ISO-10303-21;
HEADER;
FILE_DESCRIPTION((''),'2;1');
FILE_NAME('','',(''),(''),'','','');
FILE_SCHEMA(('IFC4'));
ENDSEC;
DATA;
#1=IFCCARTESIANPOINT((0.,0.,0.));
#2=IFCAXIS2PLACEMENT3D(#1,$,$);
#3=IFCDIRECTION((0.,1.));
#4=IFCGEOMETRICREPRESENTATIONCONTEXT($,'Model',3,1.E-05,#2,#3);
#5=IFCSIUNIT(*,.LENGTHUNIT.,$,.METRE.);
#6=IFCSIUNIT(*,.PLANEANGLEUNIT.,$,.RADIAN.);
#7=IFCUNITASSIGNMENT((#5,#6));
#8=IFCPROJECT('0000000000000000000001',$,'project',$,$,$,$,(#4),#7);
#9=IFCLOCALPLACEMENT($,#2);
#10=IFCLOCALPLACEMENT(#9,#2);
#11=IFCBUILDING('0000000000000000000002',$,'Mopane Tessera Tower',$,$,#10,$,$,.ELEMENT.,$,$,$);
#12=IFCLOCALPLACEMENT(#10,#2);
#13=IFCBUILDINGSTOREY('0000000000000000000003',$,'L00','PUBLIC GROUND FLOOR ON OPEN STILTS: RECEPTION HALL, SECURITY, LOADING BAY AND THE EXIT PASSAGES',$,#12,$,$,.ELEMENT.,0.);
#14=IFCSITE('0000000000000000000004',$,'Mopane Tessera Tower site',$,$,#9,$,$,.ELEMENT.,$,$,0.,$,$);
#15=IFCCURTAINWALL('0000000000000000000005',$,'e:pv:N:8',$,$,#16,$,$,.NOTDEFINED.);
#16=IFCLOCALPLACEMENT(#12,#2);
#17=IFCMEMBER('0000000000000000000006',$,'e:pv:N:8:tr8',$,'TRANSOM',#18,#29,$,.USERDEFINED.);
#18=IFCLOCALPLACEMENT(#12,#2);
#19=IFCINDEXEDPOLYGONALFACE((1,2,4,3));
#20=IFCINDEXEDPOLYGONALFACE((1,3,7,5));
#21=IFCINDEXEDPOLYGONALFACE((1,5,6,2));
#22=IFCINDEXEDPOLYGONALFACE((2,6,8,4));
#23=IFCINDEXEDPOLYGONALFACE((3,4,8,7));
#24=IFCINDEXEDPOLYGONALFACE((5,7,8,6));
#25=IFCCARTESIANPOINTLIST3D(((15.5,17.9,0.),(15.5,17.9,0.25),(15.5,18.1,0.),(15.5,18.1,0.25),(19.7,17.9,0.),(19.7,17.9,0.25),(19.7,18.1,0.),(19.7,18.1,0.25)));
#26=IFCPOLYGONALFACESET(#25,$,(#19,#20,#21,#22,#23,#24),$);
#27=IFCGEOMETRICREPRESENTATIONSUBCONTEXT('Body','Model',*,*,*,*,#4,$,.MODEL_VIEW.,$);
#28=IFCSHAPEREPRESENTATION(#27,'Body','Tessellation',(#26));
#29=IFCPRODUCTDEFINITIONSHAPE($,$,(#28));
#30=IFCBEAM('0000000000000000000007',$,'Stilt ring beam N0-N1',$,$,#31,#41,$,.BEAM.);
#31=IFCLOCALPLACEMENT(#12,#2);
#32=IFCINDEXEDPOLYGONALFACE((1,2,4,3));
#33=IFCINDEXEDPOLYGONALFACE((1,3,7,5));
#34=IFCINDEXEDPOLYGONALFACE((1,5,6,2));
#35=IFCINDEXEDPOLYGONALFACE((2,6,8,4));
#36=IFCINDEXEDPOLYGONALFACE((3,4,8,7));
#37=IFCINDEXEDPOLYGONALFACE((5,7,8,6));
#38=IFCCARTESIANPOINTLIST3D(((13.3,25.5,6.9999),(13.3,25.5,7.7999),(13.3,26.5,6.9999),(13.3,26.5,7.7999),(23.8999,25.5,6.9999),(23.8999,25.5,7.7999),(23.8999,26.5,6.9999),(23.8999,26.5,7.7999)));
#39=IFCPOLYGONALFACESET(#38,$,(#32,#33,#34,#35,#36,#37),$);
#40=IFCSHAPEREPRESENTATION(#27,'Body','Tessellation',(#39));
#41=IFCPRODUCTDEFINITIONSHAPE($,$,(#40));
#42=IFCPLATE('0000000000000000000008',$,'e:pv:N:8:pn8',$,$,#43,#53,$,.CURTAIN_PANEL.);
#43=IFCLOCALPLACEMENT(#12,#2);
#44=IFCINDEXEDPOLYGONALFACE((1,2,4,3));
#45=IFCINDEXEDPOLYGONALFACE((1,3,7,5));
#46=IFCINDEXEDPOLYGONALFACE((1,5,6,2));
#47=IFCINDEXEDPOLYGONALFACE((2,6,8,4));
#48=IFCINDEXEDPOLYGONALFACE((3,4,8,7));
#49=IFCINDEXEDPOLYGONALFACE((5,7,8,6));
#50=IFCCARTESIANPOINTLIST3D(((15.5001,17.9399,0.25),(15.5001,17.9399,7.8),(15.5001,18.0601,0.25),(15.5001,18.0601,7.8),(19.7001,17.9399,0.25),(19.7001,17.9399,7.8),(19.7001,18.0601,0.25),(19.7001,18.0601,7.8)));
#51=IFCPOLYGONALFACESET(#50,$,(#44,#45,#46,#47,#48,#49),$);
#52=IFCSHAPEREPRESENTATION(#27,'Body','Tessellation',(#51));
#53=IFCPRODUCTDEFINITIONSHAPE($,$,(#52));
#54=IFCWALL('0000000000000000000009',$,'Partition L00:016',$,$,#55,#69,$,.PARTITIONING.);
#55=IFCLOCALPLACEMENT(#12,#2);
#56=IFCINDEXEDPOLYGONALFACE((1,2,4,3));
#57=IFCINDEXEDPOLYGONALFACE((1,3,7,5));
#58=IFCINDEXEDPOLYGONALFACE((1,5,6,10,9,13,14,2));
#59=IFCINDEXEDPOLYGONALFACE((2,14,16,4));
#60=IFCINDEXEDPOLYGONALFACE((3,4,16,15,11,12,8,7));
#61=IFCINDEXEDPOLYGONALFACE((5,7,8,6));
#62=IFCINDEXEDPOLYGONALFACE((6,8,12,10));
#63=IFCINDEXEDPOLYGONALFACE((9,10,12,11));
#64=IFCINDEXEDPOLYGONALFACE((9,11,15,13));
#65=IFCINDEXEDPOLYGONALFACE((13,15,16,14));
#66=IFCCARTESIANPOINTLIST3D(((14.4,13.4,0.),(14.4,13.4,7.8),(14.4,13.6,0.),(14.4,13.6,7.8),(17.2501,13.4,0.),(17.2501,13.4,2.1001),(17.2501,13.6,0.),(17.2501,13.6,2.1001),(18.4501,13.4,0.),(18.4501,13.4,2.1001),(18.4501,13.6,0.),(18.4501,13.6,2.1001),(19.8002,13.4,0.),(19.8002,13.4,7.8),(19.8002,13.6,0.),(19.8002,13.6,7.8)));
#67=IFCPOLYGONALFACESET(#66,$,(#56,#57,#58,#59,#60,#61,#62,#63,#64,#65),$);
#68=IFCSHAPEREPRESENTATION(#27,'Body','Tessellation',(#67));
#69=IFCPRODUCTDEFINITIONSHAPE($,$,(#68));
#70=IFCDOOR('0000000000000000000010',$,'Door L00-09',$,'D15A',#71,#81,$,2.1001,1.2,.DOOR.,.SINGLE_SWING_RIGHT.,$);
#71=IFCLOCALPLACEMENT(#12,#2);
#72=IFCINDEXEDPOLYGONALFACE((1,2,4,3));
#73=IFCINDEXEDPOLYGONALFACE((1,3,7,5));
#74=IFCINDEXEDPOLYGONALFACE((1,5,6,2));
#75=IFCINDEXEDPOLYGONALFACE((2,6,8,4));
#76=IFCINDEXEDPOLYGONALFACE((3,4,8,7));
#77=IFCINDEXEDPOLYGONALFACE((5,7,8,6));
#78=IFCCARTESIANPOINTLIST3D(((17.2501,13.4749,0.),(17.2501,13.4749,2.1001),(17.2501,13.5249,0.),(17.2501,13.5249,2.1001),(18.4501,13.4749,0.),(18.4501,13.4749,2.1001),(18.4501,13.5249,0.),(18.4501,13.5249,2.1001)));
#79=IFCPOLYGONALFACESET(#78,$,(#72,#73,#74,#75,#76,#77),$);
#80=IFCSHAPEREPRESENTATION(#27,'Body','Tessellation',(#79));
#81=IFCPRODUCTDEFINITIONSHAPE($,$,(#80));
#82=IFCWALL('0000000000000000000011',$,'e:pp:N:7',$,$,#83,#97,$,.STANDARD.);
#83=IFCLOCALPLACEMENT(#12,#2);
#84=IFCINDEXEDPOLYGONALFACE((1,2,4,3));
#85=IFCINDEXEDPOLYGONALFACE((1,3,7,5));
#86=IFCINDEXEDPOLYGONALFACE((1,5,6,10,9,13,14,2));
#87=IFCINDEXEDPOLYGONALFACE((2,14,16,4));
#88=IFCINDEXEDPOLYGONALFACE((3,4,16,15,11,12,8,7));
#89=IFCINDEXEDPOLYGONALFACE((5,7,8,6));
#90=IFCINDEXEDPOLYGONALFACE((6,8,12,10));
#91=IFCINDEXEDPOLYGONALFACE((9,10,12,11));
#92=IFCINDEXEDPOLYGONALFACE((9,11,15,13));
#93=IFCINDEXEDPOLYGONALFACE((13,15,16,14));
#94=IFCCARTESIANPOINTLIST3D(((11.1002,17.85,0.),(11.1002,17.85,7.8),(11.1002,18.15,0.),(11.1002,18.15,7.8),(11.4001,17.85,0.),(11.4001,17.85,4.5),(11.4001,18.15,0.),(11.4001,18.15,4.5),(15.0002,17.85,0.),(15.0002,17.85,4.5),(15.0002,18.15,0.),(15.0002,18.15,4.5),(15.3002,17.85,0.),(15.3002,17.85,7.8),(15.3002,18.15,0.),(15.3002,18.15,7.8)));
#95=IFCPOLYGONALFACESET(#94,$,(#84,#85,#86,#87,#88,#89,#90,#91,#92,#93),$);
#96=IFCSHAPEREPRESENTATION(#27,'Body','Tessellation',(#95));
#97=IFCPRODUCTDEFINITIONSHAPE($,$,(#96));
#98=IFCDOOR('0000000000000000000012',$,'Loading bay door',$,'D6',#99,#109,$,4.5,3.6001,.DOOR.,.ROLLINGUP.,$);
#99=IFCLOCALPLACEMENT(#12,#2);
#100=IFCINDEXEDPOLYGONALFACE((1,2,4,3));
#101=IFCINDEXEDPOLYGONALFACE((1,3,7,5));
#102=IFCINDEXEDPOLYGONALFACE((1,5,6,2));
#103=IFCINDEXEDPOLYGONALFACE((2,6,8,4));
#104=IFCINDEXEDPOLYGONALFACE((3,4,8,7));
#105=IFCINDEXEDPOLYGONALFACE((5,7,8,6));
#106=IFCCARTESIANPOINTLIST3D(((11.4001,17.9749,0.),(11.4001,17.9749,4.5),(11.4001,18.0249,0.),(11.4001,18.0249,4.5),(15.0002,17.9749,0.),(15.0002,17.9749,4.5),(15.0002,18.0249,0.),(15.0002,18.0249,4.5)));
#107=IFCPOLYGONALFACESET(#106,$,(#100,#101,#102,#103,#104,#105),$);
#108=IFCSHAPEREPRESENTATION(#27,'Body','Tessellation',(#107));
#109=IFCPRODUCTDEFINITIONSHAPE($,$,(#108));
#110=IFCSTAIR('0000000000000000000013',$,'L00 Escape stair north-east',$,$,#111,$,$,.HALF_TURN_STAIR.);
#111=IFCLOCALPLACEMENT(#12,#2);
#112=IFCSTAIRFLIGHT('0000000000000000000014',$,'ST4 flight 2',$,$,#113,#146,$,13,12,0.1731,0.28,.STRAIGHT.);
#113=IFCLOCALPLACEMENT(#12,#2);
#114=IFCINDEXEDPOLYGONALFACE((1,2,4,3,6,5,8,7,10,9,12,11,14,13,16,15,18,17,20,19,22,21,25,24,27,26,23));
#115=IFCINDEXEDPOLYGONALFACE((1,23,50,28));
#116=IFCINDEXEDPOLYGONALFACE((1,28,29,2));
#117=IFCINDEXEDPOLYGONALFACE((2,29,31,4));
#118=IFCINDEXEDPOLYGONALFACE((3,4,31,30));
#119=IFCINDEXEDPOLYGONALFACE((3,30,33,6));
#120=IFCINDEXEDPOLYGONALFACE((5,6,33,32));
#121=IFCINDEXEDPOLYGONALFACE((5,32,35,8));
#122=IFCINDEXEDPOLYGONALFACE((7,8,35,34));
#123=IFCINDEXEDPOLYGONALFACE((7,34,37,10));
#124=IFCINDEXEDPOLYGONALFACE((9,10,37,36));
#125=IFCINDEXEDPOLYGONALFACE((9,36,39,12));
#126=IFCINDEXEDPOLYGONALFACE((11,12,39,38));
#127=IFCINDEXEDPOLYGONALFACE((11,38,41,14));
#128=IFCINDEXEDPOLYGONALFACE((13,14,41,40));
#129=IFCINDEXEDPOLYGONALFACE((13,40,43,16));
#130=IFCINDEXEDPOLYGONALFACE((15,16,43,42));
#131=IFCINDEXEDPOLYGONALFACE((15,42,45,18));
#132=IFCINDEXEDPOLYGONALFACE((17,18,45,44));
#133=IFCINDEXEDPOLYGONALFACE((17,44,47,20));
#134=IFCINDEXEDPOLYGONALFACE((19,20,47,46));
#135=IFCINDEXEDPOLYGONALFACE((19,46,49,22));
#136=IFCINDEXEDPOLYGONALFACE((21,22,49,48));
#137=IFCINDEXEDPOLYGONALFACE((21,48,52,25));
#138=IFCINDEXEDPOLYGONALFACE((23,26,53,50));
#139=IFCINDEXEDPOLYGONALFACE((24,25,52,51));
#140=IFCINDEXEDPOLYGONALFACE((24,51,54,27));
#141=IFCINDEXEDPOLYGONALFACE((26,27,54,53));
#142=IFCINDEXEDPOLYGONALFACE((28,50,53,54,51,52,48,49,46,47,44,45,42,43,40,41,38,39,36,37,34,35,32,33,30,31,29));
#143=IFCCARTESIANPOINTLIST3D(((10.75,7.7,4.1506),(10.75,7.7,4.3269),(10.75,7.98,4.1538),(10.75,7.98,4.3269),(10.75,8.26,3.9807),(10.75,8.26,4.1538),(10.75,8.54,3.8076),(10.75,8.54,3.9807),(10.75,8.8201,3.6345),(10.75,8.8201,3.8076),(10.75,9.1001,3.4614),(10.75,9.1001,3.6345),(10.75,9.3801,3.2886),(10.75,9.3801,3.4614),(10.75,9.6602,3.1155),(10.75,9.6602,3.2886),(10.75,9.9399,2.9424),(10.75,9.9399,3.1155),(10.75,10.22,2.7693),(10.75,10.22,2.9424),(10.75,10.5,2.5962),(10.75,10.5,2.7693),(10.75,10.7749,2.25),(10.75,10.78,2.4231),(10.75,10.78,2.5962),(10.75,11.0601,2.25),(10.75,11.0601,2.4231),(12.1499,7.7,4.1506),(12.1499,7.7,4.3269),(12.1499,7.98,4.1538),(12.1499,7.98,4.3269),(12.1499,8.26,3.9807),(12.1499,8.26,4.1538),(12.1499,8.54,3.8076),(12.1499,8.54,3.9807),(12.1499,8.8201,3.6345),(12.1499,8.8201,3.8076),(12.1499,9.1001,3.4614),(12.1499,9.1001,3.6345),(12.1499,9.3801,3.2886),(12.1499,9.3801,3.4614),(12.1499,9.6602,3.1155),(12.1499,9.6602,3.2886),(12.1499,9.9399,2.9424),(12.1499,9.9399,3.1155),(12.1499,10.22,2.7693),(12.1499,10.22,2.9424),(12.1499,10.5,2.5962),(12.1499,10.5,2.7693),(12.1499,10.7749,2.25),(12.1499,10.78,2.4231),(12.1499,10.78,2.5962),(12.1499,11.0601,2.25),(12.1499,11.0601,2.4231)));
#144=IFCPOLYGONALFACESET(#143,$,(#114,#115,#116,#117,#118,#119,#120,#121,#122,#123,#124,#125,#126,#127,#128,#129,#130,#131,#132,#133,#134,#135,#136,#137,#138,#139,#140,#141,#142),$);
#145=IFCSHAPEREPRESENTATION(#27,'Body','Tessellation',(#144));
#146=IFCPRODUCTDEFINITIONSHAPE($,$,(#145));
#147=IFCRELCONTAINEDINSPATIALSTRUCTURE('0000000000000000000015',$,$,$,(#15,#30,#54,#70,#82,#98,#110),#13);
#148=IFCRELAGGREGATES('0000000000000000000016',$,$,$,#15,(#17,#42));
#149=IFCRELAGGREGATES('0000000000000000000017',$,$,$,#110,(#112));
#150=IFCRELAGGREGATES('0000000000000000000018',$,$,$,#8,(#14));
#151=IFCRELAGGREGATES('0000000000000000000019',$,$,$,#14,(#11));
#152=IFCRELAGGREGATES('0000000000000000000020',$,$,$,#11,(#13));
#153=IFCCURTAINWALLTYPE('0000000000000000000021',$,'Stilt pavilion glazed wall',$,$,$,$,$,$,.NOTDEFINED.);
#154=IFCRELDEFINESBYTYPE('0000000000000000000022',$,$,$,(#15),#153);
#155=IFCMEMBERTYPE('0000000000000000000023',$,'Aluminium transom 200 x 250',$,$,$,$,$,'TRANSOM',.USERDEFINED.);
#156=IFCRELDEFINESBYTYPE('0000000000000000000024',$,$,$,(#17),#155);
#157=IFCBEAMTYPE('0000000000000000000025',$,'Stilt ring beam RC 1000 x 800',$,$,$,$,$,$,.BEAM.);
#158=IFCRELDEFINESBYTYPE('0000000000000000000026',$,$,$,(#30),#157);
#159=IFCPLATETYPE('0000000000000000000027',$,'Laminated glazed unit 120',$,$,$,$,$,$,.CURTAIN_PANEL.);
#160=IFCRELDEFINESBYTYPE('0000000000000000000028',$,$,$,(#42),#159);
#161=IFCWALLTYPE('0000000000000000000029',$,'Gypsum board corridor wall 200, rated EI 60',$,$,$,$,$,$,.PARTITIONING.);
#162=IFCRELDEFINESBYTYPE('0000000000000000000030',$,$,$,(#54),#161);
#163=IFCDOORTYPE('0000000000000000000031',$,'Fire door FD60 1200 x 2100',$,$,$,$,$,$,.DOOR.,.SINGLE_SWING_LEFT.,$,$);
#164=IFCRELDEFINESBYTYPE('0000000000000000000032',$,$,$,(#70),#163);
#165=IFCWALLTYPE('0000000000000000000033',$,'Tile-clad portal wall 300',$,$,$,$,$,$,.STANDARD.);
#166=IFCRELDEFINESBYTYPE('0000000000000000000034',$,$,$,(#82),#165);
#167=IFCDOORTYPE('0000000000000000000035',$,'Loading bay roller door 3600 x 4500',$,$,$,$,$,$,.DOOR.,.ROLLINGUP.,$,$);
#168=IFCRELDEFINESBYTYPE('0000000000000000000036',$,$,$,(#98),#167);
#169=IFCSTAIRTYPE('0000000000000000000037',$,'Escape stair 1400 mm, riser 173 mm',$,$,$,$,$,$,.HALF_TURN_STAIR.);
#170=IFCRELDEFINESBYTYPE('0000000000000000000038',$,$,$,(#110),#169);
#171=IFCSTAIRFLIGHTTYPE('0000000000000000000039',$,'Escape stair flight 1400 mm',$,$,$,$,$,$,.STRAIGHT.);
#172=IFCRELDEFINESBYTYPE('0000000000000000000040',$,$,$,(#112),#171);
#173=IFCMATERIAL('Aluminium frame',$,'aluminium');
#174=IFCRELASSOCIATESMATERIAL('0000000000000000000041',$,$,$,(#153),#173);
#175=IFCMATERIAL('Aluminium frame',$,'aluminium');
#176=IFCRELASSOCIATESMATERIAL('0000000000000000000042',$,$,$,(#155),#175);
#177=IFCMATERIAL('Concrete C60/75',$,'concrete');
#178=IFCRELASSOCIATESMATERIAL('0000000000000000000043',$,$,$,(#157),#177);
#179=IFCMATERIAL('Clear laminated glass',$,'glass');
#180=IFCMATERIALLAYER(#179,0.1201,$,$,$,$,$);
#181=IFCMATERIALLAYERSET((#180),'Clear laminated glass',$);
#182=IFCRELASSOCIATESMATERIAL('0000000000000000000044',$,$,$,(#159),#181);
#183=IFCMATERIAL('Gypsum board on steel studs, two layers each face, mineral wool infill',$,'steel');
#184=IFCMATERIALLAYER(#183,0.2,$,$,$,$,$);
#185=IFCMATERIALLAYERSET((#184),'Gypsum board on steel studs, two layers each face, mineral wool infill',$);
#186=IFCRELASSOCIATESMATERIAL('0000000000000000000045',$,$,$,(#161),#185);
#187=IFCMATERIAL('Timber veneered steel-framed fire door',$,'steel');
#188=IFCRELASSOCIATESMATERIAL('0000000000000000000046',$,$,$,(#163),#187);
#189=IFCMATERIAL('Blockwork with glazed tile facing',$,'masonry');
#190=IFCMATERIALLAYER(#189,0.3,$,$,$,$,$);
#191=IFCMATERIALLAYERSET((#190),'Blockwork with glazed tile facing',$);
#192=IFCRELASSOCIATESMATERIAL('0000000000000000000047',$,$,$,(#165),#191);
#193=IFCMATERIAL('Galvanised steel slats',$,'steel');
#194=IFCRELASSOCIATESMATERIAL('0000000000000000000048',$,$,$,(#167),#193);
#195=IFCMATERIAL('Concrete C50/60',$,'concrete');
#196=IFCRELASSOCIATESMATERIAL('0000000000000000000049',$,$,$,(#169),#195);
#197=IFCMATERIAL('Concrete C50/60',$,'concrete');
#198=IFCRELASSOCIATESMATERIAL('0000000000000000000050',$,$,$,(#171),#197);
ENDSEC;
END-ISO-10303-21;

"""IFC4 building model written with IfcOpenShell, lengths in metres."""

from ifc_helpers import new_model, si_unit, direction, frame, frame_2d, origin, origin_2d, place, context, subcontext, project, spatial, polyline, rectangle, outline, extrude, material, layer, layer_set, material_profile, profile_set, type_object, element, fill, aggregate, save


model = new_model("IFC4")

# Units and contexts
model_context = context("Model", 3, precision=1e-05, world=origin(), true_north=direction((0.0, 1.0)))
body_context = subcontext(model_context, "Body", "Model", "MODEL_VIEW")
ifc_project = project(units=[si_unit("LENGTHUNIT", "METRE"), si_unit("PLANEANGLEUNIT", "RADIAN")], contexts=[model_context])

# Site, building, storey
site_placement = place(None, origin())
site = spatial("IfcSite", under=ifc_project, at=site_placement, Name="Mopane Tessera Tower site", CompositionType="ELEMENT", RefElevation=0.0)
building_placement = place(site_placement, origin())
building = spatial("IfcBuilding", under=site, at=building_placement, Name="Mopane Tessera Tower", CompositionType="ELEMENT")
storey_placement = place(building_placement, origin())
storey = spatial("IfcBuildingStorey", under=building, at=storey_placement, Name="L00", Description="PUBLIC GROUND FLOOR ON OPEN STILTS: RECEPTION HALL, SECURITY, LOADING BAY AND THE EXIT PASSAGES", CompositionType="ELEMENT", Elevation=0.0)

# Shared definitions
ifc_material_1 = material(Name="Aluminium frame", Category="aluminium")
curtain_wall_type = type_object("IfcCurtainWallType", Name="Stilt pavilion glazed wall", PredefinedType="NOTDEFINED", material=ifc_material_1)

# Curtain wall, member
curtain_wall_1_placement = place(storey_placement, origin())
curtain_wall_1 = element("IfcCurtainWall", 1, at=curtain_wall_1_placement, inside=storey, type_object=curtain_wall_type, Name="e:pv:N:8", PredefinedType="NOTDEFINED")
ifc_material_2 = material(Name="Aluminium frame", Category="aluminium")
ifc_material_profile_1 = material_profile(ifc_material_2, rectangle(XDim=0.2, YDim=0.25, at=origin_2d()))
ifc_profile_set_1 = profile_set([ifc_material_profile_1], Name="Aluminium frame")
member_type_1 = type_object("IfcMemberType", Name="Aluminium transom 200 x 250", ElementType="TRANSOM", PredefinedType="USERDEFINED", material=ifc_profile_set_1)
member_1_placement = place(storey_placement, frame((15.5, 18.0, 0.125), z_axis=(1.0, 0.0, 0.0), x_axis=(0.0, 1.0, 0.0)))
member_1 = element("IfcMember", 2, at=member_1_placement, type_object=member_type_1, Name="e:pv:N:8:tr8", ObjectType="TRANSOM", PredefinedType="USERDEFINED", context=body_context, shape_type="SweptSolid", body=[
    extrude(rectangle(XDim=0.2, YDim=0.25, at=origin_2d()), origin(), (0.0, 0.0, 1.0), 4.2),
])

# Beam
ifc_material_3 = material(Name="Concrete C60/75", Category="concrete")
ifc_material_profile_2 = material_profile(ifc_material_3, rectangle(XDim=1.0, YDim=0.8, at=origin_2d()))
ifc_profile_set_2 = profile_set([ifc_material_profile_2], Name="Concrete C60/75")
beam_type = type_object("IfcBeamType", Name="Stilt ring beam RC 1000 x 800", PredefinedType="BEAM", material=ifc_profile_set_2)
beam_placement = place(storey_placement, frame((13.3, 26.0, 7.3999), z_axis=(1.0, 0.0, 0.0), x_axis=(0.0, 1.0, 0.0)))
element("IfcBeam", 3, at=beam_placement, inside=storey, type_object=beam_type, Name="Stilt ring beam N0-N1", PredefinedType="BEAM", context=body_context, shape_type="SweptSolid", body=[
    extrude(rectangle(XDim=1.0, YDim=0.8, at=origin_2d()), origin(), (0.0, 0.0, 1.0), 10.5999),
])

# Plate
ifc_material_4 = material(Name="Clear laminated glass", Category="glass")
ifc_layer_1 = layer(ifc_material_4, 0.1201)
ifc_layer_set_1 = layer_set([ifc_layer_1], Name="Clear laminated glass")
plate_type = type_object("IfcPlateType", Name="Laminated glazed unit 120", PredefinedType="CURTAIN_PANEL", material=ifc_layer_set_1)
plate_placement = place(storey_placement, frame((17.6001, 18.0, 0.25), z_axis=(0.0, 0.0, 1.0), x_axis=(1.0, 0.0, 0.0)))
plate = element("IfcPlate", 4, at=plate_placement, type_object=plate_type, Name="e:pv:N:8:pn8", PredefinedType="CURTAIN_PANEL", context=body_context, shape_type="SweptSolid", body=[
    extrude(rectangle(XDim=4.2, YDim=0.1201, at=origin_2d()), origin(), (0.0, 0.0, 1.0), 7.55),
])
aggregate(curtain_wall_1, [member_1, plate])

# Walls, openings, doors
ifc_material_5 = material(Name="Gypsum board on steel studs, two layers each face, mineral wool infill", Category="steel")
ifc_layer_2 = layer(ifc_material_5, 0.2)
ifc_layer_set_2 = layer_set([ifc_layer_2], Name="Gypsum board on steel studs, two layers each face, mineral wool infill")
wall_type_1 = type_object("IfcWallType", Name="Gypsum board corridor wall 200, rated EI 60", PredefinedType="PARTITIONING", material=ifc_layer_set_2)
wall_1_placement = place(storey_placement, frame((14.3999, 13.5, 0.0), z_axis=(0.0, 0.0, 1.0), x_axis=(1.0, 0.0, 0.0)))
wall_1 = element("IfcWall", 5, at=wall_1_placement, inside=storey, type_object=wall_type_1, Name="Partition L00:016", PredefinedType="PARTITIONING", context=body_context, shape_type="SweptSolid", body=[
    extrude(rectangle(XDim=5.4001, YDim=0.2, at=frame_2d((2.7002, 0.0))), origin(), (0.0, 0.0, 1.0), 7.8),
])
opening_1_placement = place(wall_1_placement, frame((2.8501, 0.0, 0.0)))
opening_1 = element("IfcOpeningElement", 6, at=opening_1_placement, cuts=wall_1, PredefinedType="OPENING", context=body_context, shape_type="SweptSolid", body=[
    extrude(rectangle(XDim=1.2, YDim=2.1001, at=frame_2d((0.6001, 1.05))), frame((0.0, 0.1121, 0.0), z_axis=(0.0, -1.0, 0.0), x_axis=(1.0, 0.0, 0.0)), (0.0, 0.0, 1.0), 0.2239),
])
ifc_material_6 = material(Name="Timber veneered steel-framed fire door", Category="steel")
door_type_1 = type_object("IfcDoorType", Name="Fire door FD60 1200 x 2100", OperationType="SINGLE_SWING_LEFT", PredefinedType="DOOR", material=ifc_material_6)
door_1_placement = place(opening_1_placement, origin())
door_1 = element("IfcDoor", 7, at=door_1_placement, inside=storey, type_object=door_type_1, Name="Door L00-09", ObjectType="D15A", OperationType="SINGLE_SWING_RIGHT", OverallHeight=2.1001, OverallWidth=1.2, PredefinedType="DOOR", context=body_context, shape_type="SweptSolid", body=[
    extrude(rectangle(XDim=1.2, YDim=2.1001, at=frame_2d((0.6001, 1.05))), frame((0.0, 0.0249, 0.0), z_axis=(0.0, -1.0, 0.0), x_axis=(1.0, 0.0, 0.0)), (0.0, 0.0, 1.0), 0.05),
])
fill(opening_1, door_1)
ifc_material_7 = material(Name="Blockwork with glazed tile facing", Category="masonry")
ifc_layer_3 = layer(ifc_material_7, 0.3)
ifc_layer_set_3 = layer_set([ifc_layer_3], Name="Blockwork with glazed tile facing")
wall_type_2 = type_object("IfcWallType", Name="Tile-clad portal wall 300", PredefinedType="STANDARD", material=ifc_layer_set_3)
wall_2_placement = place(storey_placement, frame((11.1001, 18.0, 0.0), z_axis=(0.0, 0.0, 1.0), x_axis=(1.0, 0.0, 0.0)))
wall_2 = element("IfcWall", 8, at=wall_2_placement, inside=storey, type_object=wall_type_2, Name="e:pp:N:7", PredefinedType="STANDARD", context=body_context, shape_type="SweptSolid", body=[
    extrude(rectangle(XDim=4.2, YDim=0.3, at=frame_2d((2.1001, 0.0))), origin(), (0.0, 0.0, 1.0), 7.8),
])
opening_2_placement = place(wall_2_placement, frame((0.3, 0.0, 0.0)))
opening_2 = element("IfcOpeningElement", 9, at=opening_2_placement, cuts=wall_2, PredefinedType="OPENING", context=body_context, shape_type="SweptSolid", body=[
    extrude(rectangle(XDim=3.6001, YDim=4.5, at=frame_2d((1.8, 2.25))), frame((0.0, 0.1621, 0.0), z_axis=(0.0, -1.0, 0.0), x_axis=(1.0, 0.0, 0.0)), (0.0, 0.0, 1.0), 0.324),
])
ifc_material_8 = material(Name="Galvanised steel slats", Category="steel")
door_type_2 = type_object("IfcDoorType", Name="Loading bay roller door 3600 x 4500", OperationType="ROLLINGUP", PredefinedType="DOOR", material=ifc_material_8)
door_2_placement = place(opening_2_placement, origin())
door_2 = element("IfcDoor", 10, at=door_2_placement, inside=storey, type_object=door_type_2, Name="Loading bay door", ObjectType="D6", OperationType="ROLLINGUP", OverallHeight=4.5, OverallWidth=3.6001, PredefinedType="DOOR", context=body_context, shape_type="SweptSolid", body=[
    extrude(rectangle(XDim=3.6001, YDim=4.5, at=frame_2d((1.8, 2.25))), frame((0.0, 0.0249, 0.0), z_axis=(0.0, -1.0, 0.0), x_axis=(1.0, 0.0, 0.0)), (0.0, 0.0, 1.0), 0.05),
])
fill(opening_2, door_2)

# Stair, stair flight
ifc_material_9 = material(Name="Concrete C50/60", Category="concrete")
stair_type = type_object("IfcStairType", Name="Escape stair 1400 mm, riser 173 mm", PredefinedType="HALF_TURN_STAIR", material=ifc_material_9)
stair_placement = place(storey_placement, origin())
stair = element("IfcStair", 11, at=stair_placement, inside=storey, type_object=stair_type, Name="L00 Escape stair north-east", PredefinedType="HALF_TURN_STAIR")
ifc_material_10 = material(Name="Concrete C50/60", Category="concrete")
stair_flight_type = type_object("IfcStairFlightType", Name="Escape stair flight 1400 mm", PredefinedType="STRAIGHT", material=ifc_material_10)
stair_flight_1_placement = place(storey_placement, frame((11.45, 11.0601, 2.25), z_axis=(0.0, 0.0, 1.0), x_axis=(0.0, -1.0, 0.0)))
stair_flight_1 = element("IfcStairFlight", 12, at=stair_flight_1_placement, type_object=stair_flight_type, Name="ST4 flight 2", NumberOfRisers=13, NumberOfTreads=12, PredefinedType="STRAIGHT", RiserHeight=0.1731, TreadLength=0.28, context=body_context, shape_type="SweptSolid", body=[
    extrude(outline(polyline([(0.0, 0.0), (0.0, 0.1731), (0.28, 0.1731), (0.28, 0.3462), (0.5601, 0.3462), (0.5601, 0.5193), (0.8401, 0.5193), (0.8401, 0.6924), (1.1201, 0.6924), (1.1201, 0.8655), (1.3999, 0.8655), (1.3999, 1.0386), (1.6799, 1.0386), (1.6799, 1.2114), (1.96, 1.2114), (1.96, 1.3845), (2.24, 1.3845), (2.24, 1.5576), (2.52, 1.5576), (2.52, 1.7307), (2.8, 1.7307), (2.8, 1.9038), (3.0801, 1.9038), (3.0801, 2.0769), (3.3601, 2.0769), (3.3601, 2.25), (3.3601, 1.9006), (0.2852, 0.0), (0.0, 0.0)])), frame((0.0, 0.7, 0.0), z_axis=(0.0, -1.0, 0.0), x_axis=(1.0, 0.0, 0.0)), (0.0, 0.0, 1.0), 1.3999),
])
aggregate(stair, [stair_flight_1])

save(model, "model.ifc")
